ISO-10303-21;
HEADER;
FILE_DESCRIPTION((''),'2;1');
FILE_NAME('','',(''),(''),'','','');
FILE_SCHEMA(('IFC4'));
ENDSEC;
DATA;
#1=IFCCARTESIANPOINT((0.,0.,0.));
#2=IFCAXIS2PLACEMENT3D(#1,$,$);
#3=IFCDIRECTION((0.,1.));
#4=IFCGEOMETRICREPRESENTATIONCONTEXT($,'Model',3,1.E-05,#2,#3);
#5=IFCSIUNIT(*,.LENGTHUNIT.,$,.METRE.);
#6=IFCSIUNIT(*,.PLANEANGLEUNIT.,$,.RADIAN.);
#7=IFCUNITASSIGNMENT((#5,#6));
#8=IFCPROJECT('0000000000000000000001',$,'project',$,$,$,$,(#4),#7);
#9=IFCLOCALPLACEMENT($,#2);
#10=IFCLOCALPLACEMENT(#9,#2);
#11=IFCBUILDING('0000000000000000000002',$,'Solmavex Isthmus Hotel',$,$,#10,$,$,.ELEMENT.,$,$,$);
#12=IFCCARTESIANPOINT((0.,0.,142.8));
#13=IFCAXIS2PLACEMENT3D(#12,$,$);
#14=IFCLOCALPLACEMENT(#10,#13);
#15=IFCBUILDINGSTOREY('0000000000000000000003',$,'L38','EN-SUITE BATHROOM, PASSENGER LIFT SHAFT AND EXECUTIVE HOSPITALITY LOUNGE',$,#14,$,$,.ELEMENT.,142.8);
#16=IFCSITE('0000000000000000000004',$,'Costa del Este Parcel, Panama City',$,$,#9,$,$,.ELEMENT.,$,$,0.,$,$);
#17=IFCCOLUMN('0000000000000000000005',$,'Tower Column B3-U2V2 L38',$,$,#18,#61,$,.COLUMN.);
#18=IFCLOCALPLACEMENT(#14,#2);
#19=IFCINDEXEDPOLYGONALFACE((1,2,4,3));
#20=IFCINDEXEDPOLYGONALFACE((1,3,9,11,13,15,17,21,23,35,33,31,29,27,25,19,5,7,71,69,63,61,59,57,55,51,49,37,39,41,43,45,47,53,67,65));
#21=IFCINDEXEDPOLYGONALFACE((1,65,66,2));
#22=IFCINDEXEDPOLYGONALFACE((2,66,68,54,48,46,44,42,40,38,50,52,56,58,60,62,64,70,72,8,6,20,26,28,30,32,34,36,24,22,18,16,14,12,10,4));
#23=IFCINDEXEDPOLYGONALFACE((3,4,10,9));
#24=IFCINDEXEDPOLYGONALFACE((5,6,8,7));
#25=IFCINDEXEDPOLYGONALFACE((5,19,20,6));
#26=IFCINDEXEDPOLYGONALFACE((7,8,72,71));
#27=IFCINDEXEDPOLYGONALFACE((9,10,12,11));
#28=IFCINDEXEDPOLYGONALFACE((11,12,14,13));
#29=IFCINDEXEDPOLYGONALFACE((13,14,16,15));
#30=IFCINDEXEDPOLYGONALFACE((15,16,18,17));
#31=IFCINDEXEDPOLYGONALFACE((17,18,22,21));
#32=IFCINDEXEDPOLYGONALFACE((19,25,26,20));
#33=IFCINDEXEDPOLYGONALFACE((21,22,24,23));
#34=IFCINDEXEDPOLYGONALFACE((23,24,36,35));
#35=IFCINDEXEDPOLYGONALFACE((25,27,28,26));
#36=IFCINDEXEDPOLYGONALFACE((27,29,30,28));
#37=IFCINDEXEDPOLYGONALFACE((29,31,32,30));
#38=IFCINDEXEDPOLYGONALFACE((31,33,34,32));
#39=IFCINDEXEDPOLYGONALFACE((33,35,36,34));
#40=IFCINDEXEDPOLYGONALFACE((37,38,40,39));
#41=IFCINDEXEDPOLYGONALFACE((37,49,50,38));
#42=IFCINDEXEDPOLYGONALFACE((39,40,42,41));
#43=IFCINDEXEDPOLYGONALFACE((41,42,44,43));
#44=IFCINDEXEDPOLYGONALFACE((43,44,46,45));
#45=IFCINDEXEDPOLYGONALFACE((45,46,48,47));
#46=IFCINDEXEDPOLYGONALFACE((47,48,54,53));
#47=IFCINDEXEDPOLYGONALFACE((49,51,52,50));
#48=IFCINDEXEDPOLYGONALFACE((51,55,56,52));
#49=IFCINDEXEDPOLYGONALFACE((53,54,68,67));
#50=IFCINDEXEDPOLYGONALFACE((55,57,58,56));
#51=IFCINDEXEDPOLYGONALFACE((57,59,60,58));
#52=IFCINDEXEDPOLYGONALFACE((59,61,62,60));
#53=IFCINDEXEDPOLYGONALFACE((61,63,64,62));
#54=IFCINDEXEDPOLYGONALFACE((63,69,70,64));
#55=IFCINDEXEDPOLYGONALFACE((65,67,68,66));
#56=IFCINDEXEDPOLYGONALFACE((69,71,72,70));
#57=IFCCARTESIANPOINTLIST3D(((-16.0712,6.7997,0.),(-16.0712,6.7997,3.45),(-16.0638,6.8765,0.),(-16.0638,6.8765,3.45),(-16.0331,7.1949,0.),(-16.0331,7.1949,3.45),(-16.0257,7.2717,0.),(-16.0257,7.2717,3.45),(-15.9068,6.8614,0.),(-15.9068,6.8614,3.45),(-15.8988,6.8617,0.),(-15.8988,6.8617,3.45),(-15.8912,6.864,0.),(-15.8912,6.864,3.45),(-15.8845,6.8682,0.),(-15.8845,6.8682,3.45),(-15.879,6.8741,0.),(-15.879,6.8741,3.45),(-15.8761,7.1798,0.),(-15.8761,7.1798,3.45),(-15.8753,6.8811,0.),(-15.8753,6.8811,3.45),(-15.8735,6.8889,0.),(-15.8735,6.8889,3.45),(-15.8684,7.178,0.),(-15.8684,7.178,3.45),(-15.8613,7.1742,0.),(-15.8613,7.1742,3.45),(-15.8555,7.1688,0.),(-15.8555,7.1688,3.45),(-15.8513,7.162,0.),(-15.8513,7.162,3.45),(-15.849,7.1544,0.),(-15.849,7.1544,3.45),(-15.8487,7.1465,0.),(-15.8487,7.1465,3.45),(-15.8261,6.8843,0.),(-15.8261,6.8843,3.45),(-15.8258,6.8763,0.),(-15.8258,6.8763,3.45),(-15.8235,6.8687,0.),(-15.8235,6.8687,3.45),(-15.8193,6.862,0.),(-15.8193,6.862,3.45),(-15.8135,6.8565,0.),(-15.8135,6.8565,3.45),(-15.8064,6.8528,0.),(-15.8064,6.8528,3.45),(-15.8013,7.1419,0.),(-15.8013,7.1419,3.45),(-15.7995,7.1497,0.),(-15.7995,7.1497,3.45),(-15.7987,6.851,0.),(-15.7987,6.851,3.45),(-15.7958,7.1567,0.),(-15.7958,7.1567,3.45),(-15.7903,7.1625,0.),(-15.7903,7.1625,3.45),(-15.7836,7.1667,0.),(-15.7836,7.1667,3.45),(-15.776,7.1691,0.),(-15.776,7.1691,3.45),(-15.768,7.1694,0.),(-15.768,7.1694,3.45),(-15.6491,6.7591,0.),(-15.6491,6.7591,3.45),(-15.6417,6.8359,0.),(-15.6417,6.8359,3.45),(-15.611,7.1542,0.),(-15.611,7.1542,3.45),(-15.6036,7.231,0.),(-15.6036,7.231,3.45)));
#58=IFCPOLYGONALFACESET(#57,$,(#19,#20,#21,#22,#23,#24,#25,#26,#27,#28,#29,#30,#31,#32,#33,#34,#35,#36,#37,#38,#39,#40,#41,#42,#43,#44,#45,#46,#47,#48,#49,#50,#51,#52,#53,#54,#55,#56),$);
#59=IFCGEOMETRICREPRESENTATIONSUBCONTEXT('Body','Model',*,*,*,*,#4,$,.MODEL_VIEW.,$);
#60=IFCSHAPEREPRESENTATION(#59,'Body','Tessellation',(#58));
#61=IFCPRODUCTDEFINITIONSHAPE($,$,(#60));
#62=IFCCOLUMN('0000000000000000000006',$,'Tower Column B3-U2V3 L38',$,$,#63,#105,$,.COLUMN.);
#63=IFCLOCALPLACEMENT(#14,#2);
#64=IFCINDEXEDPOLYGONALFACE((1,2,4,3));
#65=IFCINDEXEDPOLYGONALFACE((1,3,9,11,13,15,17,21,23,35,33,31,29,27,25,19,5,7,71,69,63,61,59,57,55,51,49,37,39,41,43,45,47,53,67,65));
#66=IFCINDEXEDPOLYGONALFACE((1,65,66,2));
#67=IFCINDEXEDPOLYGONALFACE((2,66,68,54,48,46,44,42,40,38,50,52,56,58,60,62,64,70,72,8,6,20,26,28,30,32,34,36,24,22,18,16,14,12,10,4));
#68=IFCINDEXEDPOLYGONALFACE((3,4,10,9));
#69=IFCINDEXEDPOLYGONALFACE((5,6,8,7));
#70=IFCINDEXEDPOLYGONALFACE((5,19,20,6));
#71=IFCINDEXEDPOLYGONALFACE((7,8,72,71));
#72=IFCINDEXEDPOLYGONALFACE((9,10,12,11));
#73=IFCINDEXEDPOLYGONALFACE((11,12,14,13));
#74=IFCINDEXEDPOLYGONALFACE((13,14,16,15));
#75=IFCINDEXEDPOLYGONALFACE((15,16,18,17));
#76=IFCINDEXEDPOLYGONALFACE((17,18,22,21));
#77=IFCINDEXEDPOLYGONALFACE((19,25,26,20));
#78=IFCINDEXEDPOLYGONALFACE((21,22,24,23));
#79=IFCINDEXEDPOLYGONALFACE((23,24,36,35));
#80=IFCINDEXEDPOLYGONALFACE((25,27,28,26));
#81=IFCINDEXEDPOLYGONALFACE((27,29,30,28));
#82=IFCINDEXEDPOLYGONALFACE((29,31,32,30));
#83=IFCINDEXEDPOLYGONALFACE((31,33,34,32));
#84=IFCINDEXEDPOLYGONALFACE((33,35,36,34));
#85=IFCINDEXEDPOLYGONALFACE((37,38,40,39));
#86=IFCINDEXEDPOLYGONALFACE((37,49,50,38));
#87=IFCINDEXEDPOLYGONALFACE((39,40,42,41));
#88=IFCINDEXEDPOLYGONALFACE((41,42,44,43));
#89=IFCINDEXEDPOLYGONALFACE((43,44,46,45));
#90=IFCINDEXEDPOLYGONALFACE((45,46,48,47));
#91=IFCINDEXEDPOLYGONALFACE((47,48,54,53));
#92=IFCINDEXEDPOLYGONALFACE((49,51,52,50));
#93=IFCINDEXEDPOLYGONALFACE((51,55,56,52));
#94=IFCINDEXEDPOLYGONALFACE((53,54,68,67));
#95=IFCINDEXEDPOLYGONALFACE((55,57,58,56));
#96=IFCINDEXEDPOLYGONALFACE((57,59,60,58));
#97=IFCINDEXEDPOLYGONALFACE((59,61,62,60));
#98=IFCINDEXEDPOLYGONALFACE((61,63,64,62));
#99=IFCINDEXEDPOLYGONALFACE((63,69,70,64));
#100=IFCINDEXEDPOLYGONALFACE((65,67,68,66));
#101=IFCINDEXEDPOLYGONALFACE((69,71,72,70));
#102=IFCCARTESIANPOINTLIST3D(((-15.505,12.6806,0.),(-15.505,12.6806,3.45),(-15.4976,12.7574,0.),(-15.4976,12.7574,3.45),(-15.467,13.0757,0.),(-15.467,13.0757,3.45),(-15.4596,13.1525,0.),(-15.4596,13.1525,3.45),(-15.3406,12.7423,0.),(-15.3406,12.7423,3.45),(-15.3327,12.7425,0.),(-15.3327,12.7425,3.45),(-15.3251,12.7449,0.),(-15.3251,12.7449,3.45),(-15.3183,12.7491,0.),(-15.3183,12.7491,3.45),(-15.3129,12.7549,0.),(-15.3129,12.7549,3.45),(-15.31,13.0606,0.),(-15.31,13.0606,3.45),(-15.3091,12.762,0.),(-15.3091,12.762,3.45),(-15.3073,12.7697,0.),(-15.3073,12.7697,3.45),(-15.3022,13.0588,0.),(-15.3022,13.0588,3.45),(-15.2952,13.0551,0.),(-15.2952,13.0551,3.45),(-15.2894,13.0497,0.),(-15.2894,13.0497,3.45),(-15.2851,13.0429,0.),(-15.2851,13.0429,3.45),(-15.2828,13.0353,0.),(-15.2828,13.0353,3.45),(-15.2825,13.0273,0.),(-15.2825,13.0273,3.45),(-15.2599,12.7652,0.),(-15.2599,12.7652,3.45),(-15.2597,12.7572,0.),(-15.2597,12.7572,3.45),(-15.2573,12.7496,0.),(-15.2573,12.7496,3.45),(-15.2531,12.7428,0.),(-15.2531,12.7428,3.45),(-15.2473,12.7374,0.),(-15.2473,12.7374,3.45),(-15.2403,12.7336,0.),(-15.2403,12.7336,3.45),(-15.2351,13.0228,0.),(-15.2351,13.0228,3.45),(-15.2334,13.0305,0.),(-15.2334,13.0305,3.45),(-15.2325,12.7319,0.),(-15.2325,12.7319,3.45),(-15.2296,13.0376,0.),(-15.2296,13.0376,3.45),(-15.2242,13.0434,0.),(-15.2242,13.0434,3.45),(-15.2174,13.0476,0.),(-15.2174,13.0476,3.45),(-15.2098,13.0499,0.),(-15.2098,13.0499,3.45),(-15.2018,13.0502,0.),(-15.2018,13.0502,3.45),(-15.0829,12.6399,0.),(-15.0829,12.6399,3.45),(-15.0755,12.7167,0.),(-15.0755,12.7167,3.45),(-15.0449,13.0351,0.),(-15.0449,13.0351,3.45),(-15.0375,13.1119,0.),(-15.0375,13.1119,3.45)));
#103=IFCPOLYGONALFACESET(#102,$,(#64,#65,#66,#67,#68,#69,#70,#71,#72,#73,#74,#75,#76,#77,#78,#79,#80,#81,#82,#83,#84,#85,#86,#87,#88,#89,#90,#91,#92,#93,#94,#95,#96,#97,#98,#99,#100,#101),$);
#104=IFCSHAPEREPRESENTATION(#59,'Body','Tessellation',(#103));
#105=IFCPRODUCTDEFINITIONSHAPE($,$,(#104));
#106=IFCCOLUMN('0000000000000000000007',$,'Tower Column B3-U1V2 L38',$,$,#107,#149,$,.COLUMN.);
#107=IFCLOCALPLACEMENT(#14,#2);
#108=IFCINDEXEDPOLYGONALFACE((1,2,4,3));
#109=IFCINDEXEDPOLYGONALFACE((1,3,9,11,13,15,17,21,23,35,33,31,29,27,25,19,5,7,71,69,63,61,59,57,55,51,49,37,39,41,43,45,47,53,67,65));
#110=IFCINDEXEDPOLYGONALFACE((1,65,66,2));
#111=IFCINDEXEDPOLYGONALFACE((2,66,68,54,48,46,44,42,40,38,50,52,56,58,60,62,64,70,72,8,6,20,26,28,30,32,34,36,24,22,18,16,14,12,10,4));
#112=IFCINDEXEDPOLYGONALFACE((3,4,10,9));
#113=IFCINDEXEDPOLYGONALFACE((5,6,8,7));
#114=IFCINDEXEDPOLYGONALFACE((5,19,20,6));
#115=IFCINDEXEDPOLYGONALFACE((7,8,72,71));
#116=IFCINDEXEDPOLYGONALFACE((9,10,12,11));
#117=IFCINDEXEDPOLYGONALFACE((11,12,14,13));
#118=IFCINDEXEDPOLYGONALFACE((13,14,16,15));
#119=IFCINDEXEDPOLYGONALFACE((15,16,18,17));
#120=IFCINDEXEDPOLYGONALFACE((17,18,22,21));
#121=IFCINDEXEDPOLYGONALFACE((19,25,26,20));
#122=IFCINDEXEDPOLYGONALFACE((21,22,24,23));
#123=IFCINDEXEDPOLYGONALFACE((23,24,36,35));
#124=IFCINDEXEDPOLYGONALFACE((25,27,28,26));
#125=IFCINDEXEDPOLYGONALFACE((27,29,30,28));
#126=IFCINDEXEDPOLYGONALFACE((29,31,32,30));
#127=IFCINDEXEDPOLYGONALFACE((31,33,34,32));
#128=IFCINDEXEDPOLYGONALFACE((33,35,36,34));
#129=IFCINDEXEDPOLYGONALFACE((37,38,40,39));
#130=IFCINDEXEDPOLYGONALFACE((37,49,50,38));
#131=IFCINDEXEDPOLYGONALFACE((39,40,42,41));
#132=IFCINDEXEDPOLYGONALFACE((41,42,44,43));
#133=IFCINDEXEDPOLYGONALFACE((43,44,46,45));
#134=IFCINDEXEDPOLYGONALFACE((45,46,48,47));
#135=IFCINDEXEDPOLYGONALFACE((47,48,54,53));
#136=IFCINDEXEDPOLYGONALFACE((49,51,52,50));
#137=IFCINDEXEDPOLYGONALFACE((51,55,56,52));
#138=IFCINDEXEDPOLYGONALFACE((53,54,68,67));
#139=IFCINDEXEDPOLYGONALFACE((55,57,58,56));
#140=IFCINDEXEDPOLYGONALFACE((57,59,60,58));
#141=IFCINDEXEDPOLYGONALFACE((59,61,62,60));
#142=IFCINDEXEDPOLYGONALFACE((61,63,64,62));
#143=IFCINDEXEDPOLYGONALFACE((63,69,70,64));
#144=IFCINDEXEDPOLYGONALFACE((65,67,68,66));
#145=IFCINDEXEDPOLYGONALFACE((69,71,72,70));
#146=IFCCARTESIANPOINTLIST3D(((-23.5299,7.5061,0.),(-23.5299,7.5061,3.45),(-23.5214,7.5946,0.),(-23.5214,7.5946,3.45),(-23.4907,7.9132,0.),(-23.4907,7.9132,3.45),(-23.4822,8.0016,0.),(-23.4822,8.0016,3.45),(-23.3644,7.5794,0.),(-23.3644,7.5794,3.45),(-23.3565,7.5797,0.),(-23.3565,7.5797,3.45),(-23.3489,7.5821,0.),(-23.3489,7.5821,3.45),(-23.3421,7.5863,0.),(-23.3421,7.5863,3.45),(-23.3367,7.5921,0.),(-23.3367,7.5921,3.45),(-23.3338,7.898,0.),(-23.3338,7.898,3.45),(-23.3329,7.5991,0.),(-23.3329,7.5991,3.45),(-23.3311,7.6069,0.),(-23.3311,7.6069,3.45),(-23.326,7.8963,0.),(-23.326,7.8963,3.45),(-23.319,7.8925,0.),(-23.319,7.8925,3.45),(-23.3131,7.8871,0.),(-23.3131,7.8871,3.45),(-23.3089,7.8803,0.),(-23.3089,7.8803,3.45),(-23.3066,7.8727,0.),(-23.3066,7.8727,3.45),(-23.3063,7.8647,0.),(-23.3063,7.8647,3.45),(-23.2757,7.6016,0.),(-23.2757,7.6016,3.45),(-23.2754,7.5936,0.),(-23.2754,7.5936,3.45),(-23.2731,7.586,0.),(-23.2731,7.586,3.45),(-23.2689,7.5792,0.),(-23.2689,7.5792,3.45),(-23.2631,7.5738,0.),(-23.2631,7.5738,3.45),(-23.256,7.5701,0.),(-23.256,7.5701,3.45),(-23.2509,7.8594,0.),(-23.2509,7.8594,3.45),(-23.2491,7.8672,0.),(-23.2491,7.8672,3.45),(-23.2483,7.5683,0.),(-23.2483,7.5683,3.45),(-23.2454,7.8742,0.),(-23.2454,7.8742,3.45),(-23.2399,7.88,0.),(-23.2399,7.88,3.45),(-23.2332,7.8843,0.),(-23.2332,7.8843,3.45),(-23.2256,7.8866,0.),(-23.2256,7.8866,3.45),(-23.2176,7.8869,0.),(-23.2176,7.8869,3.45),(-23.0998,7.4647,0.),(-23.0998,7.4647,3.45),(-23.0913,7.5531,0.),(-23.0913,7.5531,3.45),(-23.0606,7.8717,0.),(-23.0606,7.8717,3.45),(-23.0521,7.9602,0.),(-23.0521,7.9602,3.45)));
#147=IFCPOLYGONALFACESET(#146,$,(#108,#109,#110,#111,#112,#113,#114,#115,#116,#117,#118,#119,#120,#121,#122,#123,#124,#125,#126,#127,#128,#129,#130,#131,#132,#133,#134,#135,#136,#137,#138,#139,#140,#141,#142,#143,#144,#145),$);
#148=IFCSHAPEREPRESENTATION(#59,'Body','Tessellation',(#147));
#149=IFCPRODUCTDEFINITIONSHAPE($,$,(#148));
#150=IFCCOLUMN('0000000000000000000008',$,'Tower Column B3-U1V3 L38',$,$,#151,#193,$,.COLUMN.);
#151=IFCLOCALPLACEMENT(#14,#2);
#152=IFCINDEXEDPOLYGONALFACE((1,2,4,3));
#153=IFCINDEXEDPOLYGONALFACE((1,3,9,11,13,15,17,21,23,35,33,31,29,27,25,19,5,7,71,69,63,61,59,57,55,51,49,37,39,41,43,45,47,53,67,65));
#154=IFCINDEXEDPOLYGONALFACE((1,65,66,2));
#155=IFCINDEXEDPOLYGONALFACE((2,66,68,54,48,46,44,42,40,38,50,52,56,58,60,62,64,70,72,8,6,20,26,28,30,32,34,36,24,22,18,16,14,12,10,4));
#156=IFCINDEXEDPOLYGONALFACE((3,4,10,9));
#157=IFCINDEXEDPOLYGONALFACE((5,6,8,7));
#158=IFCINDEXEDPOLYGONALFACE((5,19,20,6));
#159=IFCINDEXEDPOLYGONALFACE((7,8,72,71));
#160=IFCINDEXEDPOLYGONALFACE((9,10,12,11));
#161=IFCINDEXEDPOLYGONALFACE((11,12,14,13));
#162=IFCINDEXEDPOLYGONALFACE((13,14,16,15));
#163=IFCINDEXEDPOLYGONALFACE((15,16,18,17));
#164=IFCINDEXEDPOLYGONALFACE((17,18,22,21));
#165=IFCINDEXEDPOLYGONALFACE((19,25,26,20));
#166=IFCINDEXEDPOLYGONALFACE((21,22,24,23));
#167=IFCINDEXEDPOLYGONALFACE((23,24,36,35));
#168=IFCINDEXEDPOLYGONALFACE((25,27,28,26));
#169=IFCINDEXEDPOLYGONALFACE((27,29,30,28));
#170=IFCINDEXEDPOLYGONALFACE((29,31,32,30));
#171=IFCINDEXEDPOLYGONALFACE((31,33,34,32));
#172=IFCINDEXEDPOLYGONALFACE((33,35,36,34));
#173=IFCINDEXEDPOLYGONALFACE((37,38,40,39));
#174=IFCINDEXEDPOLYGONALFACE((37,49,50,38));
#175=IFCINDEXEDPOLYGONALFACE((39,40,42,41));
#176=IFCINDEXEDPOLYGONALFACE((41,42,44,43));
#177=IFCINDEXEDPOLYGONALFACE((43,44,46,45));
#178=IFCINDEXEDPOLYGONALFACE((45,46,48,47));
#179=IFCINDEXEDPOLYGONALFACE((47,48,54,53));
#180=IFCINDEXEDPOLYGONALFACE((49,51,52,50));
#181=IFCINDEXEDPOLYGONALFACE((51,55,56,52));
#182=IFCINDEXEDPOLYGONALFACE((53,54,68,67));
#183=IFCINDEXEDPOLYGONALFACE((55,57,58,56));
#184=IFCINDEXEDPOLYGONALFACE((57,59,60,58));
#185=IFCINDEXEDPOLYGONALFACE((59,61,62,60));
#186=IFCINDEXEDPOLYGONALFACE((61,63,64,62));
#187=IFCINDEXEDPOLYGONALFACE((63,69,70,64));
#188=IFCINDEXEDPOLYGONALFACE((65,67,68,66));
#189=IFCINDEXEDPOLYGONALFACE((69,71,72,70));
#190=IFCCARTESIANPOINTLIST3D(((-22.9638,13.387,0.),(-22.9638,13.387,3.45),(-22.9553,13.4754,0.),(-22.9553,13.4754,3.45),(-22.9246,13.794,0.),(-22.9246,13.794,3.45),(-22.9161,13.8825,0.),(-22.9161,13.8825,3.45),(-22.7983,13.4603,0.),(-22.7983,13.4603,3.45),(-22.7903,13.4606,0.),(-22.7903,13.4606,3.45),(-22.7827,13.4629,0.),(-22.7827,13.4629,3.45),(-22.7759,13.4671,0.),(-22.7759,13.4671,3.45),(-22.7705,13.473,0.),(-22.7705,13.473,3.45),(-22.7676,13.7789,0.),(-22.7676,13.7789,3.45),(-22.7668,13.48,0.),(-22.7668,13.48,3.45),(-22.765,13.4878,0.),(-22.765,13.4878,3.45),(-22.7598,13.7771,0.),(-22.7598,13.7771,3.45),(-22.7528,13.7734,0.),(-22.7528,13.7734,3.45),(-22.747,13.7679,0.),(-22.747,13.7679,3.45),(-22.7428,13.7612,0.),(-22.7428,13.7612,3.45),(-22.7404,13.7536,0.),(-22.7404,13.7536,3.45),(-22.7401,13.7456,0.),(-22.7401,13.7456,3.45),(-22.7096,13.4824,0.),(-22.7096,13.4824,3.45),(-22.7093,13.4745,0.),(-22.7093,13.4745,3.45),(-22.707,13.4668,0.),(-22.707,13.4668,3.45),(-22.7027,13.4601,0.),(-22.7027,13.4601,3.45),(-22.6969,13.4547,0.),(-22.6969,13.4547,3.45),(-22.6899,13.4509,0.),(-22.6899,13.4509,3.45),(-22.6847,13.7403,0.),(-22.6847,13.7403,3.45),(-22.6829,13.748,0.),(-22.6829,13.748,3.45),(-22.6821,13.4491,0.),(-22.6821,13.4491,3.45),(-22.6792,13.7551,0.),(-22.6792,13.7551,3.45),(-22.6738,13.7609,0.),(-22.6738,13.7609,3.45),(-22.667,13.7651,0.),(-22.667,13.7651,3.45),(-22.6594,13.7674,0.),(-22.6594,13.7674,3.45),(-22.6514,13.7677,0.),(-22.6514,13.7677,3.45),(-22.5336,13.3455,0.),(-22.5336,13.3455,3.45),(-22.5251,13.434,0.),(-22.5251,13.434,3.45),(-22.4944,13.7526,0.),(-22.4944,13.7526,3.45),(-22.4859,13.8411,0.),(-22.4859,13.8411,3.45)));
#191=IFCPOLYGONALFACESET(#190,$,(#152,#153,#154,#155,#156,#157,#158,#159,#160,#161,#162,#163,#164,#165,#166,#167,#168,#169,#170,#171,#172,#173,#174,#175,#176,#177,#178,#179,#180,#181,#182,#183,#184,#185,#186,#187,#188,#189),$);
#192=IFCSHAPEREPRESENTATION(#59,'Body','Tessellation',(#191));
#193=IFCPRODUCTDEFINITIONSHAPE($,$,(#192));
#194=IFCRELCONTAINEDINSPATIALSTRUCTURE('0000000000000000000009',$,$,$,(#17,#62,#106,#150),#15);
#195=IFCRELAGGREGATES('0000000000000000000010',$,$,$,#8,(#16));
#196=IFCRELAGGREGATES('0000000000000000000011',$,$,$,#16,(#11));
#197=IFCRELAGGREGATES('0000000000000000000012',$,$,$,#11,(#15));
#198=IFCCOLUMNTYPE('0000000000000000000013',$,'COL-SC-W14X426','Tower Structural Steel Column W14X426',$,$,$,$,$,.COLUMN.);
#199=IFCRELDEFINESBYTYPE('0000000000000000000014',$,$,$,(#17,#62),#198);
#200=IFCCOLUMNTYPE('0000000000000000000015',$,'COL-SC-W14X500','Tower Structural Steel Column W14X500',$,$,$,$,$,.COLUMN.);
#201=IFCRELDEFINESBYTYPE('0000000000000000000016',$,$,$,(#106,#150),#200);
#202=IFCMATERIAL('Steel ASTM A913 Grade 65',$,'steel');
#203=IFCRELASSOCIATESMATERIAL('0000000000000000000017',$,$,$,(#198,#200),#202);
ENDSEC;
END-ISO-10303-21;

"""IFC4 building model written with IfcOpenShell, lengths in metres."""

from ifc_helpers import new_model, si_unit, direction, frame, origin, origin_2d, place, context, subcontext, project, spatial, i_section, extrude, material, material_profile, profile_set, type_object, element, save


model = new_model("IFC4")

# Units and contexts
model_context = context("Model", 3, precision=1e-05, world=origin(), true_north=direction((0.0, 1.0)))
body_context = subcontext(model_context, "Body", "Model", "MODEL_VIEW")
ifc_project = project(units=[si_unit("LENGTHUNIT", "METRE"), si_unit("PLANEANGLEUNIT", "RADIAN")], contexts=[model_context])

# Site, building, storey
site_placement = place(None, origin())
site = spatial("IfcSite", under=ifc_project, at=site_placement, Name="Costa del Este Parcel, Panama City", CompositionType="ELEMENT", RefElevation=0.0)
building_placement = place(site_placement, origin())
building = spatial("IfcBuilding", under=site, at=building_placement, Name="Solmavex Isthmus Hotel", CompositionType="ELEMENT")
storey_placement = place(building_placement, frame((0.0, 0.0, 142.8)))
storey = spatial("IfcBuildingStorey", under=building, at=storey_placement, Name="L38", Description="EN-SUITE BATHROOM, PASSENGER LIFT SHAFT AND EXECUTIVE HOSPITALITY LOUNGE", CompositionType="ELEMENT", Elevation=142.8)

# Columns
ifc_material_1 = material(Name="Steel ASTM A913 Grade 65", Category="steel")
ifc_material_profile_1 = material_profile(ifc_material_1, i_section(OverallWidth=0.4241, OverallDepth=0.4741, WebThickness=0.0476, FlangeThickness=0.0771, FilletRadius=0.0305, at=origin_2d()), Name="W14X426")
ifc_profile_set_1 = profile_set([ifc_material_profile_1], Name="Steel ASTM A913 Grade 65")
column_type_1 = type_object("IfcColumnType", Name="COL-SC-W14X426", Description="Tower Structural Steel Column W14X426", PredefinedType="COLUMN", material=ifc_profile_set_1)
for number, where, z_axis, x_axis, name in (
    (1, (-15.8374, 7.0154, 0.0), (0.0, 0.0, 1.0), (0.995396, -0.095846, 0.0), "Tower Column B3-U2V2 L38"),
    (2, (-15.2712, 12.8962, 0.0), (0.0, 0.0, 1.0), (0.995396, -0.095846, 0.0), "Tower Column B3-U2V3 L38"),
):
    element("IfcColumn", number, at=place(storey_placement, frame(where, z_axis=z_axis, x_axis=x_axis)), inside=storey, type_object=column_type_1, Name=name, PredefinedType="COLUMN", context=body_context, shape_type="SweptSolid", body=[
        extrude(i_section(OverallWidth=0.4241, OverallDepth=0.4741, WebThickness=0.0476, FlangeThickness=0.0771, FilletRadius=0.0305, at=origin_2d()), origin(), (0.0, 0.0, 1.0), 3.45),
    ])
ifc_material_profile_2 = material_profile(ifc_material_1, i_section(OverallWidth=0.4321, OverallDepth=0.4978, WebThickness=0.0557, FlangeThickness=0.0889, FilletRadius=0.0305, at=origin_2d()), Name="W14X500")
ifc_profile_set_2 = profile_set([ifc_material_profile_2], Name="Steel ASTM A913 Grade 65")
column_type_2 = type_object("IfcColumnType", Name="COL-SC-W14X500", Description="Tower Structural Steel Column W14X500", PredefinedType="COLUMN", material=ifc_profile_set_2)
for number, where, z_axis, x_axis, name in (
    (3, (-23.291, 7.7332, 0.0), (0.0, 0.0, 1.0), (0.995396, -0.095846, 0.0), "Tower Column B3-U1V2 L38"),
    (4, (-22.7249, 13.614, 0.0), (0.0, 0.0, 1.0), (0.995396, -0.095846, 0.0), "Tower Column B3-U1V3 L38"),
):
    element("IfcColumn", number, at=place(storey_placement, frame(where, z_axis=z_axis, x_axis=x_axis)), inside=storey, type_object=column_type_2, Name=name, PredefinedType="COLUMN", context=body_context, shape_type="SweptSolid", body=[
        extrude(i_section(OverallWidth=0.4321, OverallDepth=0.4978, WebThickness=0.0557, FlangeThickness=0.0889, FilletRadius=0.0305, at=origin_2d()), origin(), (0.0, 0.0, 1.0), 3.45),
    ])

save(model, "model.ifc")
